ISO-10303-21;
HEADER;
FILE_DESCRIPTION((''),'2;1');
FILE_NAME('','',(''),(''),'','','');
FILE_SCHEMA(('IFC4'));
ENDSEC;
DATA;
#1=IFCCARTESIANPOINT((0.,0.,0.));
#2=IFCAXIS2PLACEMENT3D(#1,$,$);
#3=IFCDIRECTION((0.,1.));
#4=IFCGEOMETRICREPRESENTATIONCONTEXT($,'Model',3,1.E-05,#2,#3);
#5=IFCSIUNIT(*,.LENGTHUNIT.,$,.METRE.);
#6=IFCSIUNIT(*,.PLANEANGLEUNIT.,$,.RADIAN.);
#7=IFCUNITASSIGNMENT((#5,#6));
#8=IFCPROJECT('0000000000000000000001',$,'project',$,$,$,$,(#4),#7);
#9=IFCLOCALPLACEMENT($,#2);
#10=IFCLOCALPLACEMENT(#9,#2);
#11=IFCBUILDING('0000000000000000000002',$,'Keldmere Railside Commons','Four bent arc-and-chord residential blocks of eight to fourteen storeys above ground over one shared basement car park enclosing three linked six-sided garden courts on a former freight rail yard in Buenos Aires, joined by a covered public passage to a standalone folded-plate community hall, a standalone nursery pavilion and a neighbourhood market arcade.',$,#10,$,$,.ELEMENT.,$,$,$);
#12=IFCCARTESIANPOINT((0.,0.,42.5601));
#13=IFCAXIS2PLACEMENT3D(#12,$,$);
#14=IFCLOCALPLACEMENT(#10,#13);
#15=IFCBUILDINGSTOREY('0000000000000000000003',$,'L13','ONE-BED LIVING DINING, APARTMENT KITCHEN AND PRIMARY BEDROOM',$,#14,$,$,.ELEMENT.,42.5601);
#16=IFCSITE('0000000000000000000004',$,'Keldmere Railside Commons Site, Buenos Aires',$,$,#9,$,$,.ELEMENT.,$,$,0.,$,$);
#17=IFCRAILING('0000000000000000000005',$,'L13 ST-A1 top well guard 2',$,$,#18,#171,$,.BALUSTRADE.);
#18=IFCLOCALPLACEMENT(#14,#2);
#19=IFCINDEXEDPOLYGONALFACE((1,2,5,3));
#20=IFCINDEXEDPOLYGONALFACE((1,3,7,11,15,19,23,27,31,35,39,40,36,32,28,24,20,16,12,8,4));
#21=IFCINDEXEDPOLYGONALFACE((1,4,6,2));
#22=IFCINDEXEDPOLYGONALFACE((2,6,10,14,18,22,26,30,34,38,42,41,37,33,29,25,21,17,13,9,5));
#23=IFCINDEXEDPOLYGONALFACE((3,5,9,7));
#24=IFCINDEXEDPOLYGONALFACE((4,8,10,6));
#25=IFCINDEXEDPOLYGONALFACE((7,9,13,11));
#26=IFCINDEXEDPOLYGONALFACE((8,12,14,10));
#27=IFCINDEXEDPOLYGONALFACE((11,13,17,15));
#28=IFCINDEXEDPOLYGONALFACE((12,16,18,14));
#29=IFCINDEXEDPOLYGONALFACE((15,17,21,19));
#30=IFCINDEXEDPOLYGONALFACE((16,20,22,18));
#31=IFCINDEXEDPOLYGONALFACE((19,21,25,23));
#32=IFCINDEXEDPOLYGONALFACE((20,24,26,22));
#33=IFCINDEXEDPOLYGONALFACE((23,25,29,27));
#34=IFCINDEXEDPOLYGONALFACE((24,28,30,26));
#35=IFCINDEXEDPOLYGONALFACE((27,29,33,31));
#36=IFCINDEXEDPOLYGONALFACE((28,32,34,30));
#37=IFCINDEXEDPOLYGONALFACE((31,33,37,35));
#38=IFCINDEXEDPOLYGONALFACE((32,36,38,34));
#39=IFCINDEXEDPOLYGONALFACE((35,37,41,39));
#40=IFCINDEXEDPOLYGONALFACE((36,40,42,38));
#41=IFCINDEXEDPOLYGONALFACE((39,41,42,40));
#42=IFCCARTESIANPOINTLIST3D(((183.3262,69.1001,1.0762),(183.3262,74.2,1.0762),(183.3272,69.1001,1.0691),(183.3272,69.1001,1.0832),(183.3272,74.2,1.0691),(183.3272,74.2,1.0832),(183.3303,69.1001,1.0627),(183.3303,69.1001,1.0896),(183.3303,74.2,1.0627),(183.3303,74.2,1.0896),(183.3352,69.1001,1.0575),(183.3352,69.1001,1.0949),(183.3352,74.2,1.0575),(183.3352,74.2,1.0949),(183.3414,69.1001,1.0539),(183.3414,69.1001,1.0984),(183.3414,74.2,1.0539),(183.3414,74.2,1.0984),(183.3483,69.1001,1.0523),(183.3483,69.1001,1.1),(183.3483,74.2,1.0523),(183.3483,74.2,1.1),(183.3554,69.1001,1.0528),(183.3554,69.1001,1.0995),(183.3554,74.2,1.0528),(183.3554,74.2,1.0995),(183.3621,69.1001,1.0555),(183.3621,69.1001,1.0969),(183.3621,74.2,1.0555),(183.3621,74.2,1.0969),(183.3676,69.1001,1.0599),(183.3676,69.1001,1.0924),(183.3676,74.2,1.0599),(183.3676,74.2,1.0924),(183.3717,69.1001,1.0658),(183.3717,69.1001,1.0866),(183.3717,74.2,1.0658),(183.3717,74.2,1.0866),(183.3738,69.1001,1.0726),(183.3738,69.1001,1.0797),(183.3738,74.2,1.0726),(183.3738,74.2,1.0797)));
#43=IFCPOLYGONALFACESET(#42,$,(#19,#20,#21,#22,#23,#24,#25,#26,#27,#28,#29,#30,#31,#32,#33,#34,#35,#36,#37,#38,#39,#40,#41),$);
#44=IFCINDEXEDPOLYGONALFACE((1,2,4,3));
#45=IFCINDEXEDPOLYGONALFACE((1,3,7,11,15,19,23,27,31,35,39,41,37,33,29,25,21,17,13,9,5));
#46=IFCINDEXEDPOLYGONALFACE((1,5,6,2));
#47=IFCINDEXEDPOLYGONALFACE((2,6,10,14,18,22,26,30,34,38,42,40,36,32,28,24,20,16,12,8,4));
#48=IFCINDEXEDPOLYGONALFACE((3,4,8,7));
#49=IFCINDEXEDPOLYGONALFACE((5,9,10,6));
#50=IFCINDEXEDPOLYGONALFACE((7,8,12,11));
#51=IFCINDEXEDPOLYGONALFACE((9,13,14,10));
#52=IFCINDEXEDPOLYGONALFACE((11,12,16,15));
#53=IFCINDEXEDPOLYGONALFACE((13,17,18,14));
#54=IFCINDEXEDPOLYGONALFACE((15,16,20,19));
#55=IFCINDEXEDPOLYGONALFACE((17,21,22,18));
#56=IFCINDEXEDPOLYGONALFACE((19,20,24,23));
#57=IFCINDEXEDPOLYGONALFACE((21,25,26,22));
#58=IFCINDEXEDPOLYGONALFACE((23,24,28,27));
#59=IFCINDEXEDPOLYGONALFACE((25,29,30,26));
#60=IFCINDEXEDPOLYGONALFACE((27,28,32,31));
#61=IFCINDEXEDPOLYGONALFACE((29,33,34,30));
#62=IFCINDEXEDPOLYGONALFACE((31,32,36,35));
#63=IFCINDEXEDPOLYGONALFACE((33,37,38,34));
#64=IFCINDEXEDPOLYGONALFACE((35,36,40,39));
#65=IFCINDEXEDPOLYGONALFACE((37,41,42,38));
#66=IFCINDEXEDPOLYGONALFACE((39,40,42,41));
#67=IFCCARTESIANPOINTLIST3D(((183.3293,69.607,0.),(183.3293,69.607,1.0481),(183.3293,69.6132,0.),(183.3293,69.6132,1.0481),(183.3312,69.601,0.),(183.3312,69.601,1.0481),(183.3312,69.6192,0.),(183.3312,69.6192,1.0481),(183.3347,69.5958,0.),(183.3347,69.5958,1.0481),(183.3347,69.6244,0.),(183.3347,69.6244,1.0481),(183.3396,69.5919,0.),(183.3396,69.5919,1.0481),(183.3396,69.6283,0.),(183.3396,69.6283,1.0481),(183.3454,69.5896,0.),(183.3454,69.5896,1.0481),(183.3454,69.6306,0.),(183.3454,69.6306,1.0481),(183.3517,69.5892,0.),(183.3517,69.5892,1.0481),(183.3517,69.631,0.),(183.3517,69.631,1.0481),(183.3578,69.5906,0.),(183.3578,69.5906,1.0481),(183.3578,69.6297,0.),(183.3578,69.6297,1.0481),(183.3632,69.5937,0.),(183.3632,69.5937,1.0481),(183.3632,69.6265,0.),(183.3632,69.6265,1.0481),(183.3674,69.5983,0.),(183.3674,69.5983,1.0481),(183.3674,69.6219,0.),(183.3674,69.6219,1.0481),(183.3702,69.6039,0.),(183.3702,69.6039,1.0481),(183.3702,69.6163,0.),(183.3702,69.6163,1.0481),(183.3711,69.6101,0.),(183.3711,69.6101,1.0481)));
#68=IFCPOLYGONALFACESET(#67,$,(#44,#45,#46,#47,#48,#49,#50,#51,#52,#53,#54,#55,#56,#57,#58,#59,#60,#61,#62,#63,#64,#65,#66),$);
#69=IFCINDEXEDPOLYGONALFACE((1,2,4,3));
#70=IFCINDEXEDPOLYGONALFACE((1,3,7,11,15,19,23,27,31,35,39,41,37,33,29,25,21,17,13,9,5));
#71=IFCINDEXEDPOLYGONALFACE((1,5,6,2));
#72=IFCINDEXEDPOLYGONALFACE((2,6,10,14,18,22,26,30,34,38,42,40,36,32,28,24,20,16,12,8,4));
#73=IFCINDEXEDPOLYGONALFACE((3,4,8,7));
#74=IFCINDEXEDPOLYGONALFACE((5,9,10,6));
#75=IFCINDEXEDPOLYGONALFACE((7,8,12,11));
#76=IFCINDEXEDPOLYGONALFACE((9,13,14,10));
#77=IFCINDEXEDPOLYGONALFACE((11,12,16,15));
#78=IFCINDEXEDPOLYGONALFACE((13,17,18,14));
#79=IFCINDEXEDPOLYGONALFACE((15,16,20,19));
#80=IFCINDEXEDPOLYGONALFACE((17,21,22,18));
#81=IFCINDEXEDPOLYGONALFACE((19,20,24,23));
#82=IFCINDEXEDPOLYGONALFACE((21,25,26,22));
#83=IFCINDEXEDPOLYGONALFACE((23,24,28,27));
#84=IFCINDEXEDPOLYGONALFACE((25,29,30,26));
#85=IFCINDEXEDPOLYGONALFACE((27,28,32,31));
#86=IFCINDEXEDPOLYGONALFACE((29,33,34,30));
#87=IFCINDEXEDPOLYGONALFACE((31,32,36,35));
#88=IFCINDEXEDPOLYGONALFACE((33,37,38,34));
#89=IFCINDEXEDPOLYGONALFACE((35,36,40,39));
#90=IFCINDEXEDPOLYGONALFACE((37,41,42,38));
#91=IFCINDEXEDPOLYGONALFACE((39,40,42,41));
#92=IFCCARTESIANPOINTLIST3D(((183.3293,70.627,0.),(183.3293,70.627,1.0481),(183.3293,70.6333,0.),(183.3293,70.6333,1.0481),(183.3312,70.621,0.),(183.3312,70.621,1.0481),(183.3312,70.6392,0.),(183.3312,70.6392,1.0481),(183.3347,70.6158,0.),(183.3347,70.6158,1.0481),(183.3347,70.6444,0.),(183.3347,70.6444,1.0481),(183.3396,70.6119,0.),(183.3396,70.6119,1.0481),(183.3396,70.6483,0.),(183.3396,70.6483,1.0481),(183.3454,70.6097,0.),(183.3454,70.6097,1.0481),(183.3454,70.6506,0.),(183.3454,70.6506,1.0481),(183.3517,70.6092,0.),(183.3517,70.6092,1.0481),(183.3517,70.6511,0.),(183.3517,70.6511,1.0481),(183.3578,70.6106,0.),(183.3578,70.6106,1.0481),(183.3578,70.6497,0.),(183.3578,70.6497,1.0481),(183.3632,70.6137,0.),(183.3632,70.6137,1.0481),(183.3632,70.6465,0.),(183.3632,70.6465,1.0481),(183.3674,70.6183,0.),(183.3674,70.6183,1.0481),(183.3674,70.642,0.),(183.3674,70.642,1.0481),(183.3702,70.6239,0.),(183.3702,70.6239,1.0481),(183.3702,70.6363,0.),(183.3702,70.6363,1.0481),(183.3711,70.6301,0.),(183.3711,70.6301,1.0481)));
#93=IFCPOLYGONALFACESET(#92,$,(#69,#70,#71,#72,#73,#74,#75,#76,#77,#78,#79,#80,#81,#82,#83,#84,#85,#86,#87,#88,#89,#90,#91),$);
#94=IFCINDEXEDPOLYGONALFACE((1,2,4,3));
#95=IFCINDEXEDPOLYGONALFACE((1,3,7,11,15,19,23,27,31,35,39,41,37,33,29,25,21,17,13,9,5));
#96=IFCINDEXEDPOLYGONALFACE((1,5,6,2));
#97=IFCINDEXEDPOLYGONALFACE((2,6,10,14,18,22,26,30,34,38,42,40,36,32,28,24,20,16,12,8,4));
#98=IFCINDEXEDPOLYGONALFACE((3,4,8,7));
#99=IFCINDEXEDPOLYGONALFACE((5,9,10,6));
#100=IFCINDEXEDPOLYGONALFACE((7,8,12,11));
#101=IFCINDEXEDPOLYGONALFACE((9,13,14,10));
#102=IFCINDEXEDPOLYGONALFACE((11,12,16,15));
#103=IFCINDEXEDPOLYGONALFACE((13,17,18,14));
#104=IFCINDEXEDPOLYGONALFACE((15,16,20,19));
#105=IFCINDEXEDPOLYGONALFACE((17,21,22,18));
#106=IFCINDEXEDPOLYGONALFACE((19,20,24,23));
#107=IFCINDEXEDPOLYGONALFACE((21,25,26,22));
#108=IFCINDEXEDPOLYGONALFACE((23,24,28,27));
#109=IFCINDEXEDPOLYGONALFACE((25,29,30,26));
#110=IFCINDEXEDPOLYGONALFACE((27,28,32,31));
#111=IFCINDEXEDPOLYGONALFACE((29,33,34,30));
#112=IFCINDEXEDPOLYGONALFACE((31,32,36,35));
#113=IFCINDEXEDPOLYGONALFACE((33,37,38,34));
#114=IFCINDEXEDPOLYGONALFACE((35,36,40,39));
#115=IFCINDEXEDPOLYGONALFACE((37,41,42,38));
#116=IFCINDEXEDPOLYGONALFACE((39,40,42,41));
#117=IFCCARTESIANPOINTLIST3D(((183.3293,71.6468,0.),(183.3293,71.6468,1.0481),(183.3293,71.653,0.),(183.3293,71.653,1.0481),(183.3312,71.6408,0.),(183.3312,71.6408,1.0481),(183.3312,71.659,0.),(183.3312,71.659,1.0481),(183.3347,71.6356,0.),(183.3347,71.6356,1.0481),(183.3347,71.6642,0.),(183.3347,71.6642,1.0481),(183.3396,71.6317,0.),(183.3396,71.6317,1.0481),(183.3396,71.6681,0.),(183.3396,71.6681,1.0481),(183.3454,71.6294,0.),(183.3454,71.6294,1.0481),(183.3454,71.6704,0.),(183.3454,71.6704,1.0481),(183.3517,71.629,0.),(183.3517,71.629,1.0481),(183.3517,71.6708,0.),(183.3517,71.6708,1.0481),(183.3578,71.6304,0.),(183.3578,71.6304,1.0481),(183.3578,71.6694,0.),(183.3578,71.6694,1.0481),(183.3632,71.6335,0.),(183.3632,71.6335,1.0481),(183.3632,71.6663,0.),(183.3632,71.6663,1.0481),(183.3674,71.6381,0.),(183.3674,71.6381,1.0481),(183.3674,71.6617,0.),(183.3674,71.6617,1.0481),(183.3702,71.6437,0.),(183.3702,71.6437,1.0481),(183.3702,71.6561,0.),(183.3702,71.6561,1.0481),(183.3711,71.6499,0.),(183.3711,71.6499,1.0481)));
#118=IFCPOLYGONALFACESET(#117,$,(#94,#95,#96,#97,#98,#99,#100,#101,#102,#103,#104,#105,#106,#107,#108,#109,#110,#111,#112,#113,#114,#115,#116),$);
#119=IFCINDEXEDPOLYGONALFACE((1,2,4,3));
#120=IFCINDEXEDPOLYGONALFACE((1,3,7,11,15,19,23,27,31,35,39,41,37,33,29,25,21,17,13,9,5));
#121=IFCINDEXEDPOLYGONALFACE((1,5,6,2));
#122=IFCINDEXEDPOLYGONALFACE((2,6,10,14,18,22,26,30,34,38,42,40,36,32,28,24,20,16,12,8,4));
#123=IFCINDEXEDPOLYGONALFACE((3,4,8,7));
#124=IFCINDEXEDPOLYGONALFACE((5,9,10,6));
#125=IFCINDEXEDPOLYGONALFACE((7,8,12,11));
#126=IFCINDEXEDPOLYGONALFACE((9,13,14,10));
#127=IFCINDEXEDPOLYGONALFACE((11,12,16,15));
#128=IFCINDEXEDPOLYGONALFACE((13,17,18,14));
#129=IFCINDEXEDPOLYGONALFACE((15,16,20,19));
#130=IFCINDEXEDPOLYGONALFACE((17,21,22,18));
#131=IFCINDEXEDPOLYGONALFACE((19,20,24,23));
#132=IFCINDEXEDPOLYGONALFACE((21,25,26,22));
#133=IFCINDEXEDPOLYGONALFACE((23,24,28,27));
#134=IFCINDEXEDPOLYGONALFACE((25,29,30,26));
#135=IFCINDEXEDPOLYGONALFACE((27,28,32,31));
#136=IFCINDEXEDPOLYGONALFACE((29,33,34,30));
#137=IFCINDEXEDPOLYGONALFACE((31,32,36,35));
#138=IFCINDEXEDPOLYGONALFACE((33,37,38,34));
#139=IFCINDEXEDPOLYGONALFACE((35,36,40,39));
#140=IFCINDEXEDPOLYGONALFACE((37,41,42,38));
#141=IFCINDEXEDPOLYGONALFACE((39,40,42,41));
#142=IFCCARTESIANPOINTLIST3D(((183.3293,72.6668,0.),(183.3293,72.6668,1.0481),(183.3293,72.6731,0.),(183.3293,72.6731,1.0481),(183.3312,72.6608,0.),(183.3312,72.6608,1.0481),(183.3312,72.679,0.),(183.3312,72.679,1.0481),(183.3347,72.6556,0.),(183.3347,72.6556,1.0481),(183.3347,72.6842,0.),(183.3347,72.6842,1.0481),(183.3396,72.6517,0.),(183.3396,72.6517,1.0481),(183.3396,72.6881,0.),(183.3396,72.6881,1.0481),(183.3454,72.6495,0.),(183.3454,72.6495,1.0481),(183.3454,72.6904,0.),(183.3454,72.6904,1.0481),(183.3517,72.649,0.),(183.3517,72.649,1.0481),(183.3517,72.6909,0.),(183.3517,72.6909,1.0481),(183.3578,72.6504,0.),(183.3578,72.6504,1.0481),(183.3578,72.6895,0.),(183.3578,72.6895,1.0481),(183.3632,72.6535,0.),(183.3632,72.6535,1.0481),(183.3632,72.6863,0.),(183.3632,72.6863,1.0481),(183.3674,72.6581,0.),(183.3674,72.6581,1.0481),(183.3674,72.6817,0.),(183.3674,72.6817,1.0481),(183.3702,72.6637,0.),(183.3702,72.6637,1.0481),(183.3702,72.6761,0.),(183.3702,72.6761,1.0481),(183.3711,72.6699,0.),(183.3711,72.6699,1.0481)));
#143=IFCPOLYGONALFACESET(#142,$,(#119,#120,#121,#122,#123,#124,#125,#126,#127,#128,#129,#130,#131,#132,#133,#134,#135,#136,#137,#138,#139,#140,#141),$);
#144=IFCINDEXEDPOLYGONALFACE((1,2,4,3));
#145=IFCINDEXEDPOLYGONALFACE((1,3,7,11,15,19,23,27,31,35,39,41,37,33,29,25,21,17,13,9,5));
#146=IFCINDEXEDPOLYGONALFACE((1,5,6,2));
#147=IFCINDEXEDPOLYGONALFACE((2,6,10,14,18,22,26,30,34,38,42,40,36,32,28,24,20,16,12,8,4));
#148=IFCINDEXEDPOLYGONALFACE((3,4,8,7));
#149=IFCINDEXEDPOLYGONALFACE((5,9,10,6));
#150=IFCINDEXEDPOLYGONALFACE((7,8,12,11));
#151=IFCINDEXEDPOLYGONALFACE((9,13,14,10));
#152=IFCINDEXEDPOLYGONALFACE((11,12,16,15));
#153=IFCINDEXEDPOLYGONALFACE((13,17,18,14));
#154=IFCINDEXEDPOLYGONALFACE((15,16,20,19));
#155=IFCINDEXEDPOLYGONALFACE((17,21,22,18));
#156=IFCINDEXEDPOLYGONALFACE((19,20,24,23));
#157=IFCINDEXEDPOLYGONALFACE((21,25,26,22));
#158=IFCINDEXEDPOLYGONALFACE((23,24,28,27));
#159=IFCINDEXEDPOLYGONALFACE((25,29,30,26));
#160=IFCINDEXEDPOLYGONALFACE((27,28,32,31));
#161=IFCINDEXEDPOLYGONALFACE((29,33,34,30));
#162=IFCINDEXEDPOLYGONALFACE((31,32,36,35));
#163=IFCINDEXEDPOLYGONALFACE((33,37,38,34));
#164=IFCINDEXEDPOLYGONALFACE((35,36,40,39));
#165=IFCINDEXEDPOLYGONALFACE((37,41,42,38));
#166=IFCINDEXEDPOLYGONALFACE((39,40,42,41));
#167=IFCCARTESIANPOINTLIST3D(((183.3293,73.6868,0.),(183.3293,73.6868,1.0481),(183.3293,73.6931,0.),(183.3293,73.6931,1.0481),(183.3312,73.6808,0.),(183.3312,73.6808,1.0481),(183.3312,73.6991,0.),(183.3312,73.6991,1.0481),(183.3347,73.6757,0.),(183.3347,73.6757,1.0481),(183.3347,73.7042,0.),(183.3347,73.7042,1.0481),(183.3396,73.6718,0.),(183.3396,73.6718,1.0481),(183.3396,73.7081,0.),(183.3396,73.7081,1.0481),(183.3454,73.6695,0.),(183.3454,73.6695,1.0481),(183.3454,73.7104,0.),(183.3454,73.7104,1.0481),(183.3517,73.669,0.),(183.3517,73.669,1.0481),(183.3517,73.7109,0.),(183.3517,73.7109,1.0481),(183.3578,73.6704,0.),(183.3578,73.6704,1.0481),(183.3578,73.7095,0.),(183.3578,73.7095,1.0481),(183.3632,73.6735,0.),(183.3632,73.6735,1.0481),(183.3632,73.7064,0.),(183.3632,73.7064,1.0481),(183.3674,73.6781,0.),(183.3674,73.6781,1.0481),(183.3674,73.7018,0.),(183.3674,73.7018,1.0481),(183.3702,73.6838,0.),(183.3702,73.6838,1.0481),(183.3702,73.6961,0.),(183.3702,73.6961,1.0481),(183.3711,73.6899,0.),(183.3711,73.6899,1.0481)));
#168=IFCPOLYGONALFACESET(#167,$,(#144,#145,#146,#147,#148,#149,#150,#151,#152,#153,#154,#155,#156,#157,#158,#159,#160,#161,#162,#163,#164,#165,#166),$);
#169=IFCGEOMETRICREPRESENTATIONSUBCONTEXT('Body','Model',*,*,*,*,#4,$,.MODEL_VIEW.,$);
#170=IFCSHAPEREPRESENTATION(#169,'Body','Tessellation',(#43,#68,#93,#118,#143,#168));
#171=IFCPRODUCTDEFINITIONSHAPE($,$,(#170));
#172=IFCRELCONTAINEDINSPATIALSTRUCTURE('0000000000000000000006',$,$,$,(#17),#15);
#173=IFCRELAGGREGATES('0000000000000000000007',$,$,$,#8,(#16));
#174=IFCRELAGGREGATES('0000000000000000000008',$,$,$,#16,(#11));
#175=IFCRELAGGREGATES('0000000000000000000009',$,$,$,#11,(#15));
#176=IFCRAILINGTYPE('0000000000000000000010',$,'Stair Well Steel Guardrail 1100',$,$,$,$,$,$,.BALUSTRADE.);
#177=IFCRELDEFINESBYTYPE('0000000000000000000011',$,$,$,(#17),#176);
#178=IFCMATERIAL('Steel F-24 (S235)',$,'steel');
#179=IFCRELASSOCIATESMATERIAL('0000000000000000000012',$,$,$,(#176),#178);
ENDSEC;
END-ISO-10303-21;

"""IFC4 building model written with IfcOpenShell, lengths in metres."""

from ifc_helpers import new_model, si_unit, direction, frame, origin, origin_2d, place, context, subcontext, project, spatial, circle, extrude, material, type_object, element, save


model = new_model("IFC4")

# Units and contexts
model_context = context("Model", 3, precision=1e-05, world=origin(), true_north=direction((0.0, 1.0)))
body_context = subcontext(model_context, "Body", "Model", "MODEL_VIEW")
ifc_project = project(units=[si_unit("LENGTHUNIT", "METRE"), si_unit("PLANEANGLEUNIT", "RADIAN")], contexts=[model_context])

# Site, building, storey
site_placement = place(None, origin())
site = spatial("IfcSite", under=ifc_project, at=site_placement, Name="Keldmere Railside Commons Site, Buenos Aires", CompositionType="ELEMENT", RefElevation=0.0)
building_placement = place(site_placement, origin())
building = spatial("IfcBuilding", under=site, at=building_placement, Name="Keldmere Railside Commons", Description="Four bent arc-and-chord residential blocks of eight to fourteen storeys above ground over one shared basement car park enclosing three linked six-sided garden courts on a former freight rail yard in Buenos Aires, joined by a covered public passage to a standalone folded-plate community hall, a standalone nursery pavilion and a neighbourhood market arcade.", CompositionType="ELEMENT")
storey_placement = place(building_placement, frame((0.0, 0.0, 42.5601)))
storey = spatial("IfcBuildingStorey", under=building, at=storey_placement, Name="L13", Description="ONE-BED LIVING DINING, APARTMENT KITCHEN AND PRIMARY BEDROOM", CompositionType="ELEMENT", Elevation=42.5601)

# Shared definitions
ifc_material_1 = material(Name="Steel F-24 (S235)", Category="steel")

# Railing
railing_type_1 = type_object("IfcRailingType", Name="Stair Well Steel Guardrail 1100", PredefinedType="BALUSTRADE", material=ifc_material_1)
for number, where, name in (
    (1, (183.3501, 69.1001, 0.0), "L13 ST-A1 top well guard 2"),
):
    element("IfcRailing", number, at=place(storey_placement, frame(where)), inside=storey, type_object=railing_type_1, Name=name, PredefinedType="BALUSTRADE", context=body_context, shape_type="SweptSolid", body=[
        extrude(circle(Radius=0.0239, at=origin_2d()), frame((0.0, 0.0, 1.0762), z_axis=(0.0, 1.0, 0.0), x_axis=(-1.0, 0.0, 0.0)), (0.0, 0.0, 1.0), 5.0999),
        extrude(circle(Radius=0.021, at=origin_2d()), frame((0.0, 0.51, 0.0)), (0.0, 0.0, 1.0), 1.0481),
        extrude(circle(Radius=0.021, at=origin_2d()), frame((0.0, 1.53, 0.0)), (0.0, 0.0, 1.0), 1.0481),
        extrude(circle(Radius=0.021, at=origin_2d()), frame((0.0, 2.5498, 0.0)), (0.0, 0.0, 1.0), 1.0481),
        extrude(circle(Radius=0.021, at=origin_2d()), frame((0.0, 3.5698, 0.0)), (0.0, 0.0, 1.0), 1.0481),
        extrude(circle(Radius=0.021, at=origin_2d()), frame((0.0, 4.5898, 0.0)), (0.0, 0.0, 1.0), 1.0481),
    ])

save(model, "model.ifc")
